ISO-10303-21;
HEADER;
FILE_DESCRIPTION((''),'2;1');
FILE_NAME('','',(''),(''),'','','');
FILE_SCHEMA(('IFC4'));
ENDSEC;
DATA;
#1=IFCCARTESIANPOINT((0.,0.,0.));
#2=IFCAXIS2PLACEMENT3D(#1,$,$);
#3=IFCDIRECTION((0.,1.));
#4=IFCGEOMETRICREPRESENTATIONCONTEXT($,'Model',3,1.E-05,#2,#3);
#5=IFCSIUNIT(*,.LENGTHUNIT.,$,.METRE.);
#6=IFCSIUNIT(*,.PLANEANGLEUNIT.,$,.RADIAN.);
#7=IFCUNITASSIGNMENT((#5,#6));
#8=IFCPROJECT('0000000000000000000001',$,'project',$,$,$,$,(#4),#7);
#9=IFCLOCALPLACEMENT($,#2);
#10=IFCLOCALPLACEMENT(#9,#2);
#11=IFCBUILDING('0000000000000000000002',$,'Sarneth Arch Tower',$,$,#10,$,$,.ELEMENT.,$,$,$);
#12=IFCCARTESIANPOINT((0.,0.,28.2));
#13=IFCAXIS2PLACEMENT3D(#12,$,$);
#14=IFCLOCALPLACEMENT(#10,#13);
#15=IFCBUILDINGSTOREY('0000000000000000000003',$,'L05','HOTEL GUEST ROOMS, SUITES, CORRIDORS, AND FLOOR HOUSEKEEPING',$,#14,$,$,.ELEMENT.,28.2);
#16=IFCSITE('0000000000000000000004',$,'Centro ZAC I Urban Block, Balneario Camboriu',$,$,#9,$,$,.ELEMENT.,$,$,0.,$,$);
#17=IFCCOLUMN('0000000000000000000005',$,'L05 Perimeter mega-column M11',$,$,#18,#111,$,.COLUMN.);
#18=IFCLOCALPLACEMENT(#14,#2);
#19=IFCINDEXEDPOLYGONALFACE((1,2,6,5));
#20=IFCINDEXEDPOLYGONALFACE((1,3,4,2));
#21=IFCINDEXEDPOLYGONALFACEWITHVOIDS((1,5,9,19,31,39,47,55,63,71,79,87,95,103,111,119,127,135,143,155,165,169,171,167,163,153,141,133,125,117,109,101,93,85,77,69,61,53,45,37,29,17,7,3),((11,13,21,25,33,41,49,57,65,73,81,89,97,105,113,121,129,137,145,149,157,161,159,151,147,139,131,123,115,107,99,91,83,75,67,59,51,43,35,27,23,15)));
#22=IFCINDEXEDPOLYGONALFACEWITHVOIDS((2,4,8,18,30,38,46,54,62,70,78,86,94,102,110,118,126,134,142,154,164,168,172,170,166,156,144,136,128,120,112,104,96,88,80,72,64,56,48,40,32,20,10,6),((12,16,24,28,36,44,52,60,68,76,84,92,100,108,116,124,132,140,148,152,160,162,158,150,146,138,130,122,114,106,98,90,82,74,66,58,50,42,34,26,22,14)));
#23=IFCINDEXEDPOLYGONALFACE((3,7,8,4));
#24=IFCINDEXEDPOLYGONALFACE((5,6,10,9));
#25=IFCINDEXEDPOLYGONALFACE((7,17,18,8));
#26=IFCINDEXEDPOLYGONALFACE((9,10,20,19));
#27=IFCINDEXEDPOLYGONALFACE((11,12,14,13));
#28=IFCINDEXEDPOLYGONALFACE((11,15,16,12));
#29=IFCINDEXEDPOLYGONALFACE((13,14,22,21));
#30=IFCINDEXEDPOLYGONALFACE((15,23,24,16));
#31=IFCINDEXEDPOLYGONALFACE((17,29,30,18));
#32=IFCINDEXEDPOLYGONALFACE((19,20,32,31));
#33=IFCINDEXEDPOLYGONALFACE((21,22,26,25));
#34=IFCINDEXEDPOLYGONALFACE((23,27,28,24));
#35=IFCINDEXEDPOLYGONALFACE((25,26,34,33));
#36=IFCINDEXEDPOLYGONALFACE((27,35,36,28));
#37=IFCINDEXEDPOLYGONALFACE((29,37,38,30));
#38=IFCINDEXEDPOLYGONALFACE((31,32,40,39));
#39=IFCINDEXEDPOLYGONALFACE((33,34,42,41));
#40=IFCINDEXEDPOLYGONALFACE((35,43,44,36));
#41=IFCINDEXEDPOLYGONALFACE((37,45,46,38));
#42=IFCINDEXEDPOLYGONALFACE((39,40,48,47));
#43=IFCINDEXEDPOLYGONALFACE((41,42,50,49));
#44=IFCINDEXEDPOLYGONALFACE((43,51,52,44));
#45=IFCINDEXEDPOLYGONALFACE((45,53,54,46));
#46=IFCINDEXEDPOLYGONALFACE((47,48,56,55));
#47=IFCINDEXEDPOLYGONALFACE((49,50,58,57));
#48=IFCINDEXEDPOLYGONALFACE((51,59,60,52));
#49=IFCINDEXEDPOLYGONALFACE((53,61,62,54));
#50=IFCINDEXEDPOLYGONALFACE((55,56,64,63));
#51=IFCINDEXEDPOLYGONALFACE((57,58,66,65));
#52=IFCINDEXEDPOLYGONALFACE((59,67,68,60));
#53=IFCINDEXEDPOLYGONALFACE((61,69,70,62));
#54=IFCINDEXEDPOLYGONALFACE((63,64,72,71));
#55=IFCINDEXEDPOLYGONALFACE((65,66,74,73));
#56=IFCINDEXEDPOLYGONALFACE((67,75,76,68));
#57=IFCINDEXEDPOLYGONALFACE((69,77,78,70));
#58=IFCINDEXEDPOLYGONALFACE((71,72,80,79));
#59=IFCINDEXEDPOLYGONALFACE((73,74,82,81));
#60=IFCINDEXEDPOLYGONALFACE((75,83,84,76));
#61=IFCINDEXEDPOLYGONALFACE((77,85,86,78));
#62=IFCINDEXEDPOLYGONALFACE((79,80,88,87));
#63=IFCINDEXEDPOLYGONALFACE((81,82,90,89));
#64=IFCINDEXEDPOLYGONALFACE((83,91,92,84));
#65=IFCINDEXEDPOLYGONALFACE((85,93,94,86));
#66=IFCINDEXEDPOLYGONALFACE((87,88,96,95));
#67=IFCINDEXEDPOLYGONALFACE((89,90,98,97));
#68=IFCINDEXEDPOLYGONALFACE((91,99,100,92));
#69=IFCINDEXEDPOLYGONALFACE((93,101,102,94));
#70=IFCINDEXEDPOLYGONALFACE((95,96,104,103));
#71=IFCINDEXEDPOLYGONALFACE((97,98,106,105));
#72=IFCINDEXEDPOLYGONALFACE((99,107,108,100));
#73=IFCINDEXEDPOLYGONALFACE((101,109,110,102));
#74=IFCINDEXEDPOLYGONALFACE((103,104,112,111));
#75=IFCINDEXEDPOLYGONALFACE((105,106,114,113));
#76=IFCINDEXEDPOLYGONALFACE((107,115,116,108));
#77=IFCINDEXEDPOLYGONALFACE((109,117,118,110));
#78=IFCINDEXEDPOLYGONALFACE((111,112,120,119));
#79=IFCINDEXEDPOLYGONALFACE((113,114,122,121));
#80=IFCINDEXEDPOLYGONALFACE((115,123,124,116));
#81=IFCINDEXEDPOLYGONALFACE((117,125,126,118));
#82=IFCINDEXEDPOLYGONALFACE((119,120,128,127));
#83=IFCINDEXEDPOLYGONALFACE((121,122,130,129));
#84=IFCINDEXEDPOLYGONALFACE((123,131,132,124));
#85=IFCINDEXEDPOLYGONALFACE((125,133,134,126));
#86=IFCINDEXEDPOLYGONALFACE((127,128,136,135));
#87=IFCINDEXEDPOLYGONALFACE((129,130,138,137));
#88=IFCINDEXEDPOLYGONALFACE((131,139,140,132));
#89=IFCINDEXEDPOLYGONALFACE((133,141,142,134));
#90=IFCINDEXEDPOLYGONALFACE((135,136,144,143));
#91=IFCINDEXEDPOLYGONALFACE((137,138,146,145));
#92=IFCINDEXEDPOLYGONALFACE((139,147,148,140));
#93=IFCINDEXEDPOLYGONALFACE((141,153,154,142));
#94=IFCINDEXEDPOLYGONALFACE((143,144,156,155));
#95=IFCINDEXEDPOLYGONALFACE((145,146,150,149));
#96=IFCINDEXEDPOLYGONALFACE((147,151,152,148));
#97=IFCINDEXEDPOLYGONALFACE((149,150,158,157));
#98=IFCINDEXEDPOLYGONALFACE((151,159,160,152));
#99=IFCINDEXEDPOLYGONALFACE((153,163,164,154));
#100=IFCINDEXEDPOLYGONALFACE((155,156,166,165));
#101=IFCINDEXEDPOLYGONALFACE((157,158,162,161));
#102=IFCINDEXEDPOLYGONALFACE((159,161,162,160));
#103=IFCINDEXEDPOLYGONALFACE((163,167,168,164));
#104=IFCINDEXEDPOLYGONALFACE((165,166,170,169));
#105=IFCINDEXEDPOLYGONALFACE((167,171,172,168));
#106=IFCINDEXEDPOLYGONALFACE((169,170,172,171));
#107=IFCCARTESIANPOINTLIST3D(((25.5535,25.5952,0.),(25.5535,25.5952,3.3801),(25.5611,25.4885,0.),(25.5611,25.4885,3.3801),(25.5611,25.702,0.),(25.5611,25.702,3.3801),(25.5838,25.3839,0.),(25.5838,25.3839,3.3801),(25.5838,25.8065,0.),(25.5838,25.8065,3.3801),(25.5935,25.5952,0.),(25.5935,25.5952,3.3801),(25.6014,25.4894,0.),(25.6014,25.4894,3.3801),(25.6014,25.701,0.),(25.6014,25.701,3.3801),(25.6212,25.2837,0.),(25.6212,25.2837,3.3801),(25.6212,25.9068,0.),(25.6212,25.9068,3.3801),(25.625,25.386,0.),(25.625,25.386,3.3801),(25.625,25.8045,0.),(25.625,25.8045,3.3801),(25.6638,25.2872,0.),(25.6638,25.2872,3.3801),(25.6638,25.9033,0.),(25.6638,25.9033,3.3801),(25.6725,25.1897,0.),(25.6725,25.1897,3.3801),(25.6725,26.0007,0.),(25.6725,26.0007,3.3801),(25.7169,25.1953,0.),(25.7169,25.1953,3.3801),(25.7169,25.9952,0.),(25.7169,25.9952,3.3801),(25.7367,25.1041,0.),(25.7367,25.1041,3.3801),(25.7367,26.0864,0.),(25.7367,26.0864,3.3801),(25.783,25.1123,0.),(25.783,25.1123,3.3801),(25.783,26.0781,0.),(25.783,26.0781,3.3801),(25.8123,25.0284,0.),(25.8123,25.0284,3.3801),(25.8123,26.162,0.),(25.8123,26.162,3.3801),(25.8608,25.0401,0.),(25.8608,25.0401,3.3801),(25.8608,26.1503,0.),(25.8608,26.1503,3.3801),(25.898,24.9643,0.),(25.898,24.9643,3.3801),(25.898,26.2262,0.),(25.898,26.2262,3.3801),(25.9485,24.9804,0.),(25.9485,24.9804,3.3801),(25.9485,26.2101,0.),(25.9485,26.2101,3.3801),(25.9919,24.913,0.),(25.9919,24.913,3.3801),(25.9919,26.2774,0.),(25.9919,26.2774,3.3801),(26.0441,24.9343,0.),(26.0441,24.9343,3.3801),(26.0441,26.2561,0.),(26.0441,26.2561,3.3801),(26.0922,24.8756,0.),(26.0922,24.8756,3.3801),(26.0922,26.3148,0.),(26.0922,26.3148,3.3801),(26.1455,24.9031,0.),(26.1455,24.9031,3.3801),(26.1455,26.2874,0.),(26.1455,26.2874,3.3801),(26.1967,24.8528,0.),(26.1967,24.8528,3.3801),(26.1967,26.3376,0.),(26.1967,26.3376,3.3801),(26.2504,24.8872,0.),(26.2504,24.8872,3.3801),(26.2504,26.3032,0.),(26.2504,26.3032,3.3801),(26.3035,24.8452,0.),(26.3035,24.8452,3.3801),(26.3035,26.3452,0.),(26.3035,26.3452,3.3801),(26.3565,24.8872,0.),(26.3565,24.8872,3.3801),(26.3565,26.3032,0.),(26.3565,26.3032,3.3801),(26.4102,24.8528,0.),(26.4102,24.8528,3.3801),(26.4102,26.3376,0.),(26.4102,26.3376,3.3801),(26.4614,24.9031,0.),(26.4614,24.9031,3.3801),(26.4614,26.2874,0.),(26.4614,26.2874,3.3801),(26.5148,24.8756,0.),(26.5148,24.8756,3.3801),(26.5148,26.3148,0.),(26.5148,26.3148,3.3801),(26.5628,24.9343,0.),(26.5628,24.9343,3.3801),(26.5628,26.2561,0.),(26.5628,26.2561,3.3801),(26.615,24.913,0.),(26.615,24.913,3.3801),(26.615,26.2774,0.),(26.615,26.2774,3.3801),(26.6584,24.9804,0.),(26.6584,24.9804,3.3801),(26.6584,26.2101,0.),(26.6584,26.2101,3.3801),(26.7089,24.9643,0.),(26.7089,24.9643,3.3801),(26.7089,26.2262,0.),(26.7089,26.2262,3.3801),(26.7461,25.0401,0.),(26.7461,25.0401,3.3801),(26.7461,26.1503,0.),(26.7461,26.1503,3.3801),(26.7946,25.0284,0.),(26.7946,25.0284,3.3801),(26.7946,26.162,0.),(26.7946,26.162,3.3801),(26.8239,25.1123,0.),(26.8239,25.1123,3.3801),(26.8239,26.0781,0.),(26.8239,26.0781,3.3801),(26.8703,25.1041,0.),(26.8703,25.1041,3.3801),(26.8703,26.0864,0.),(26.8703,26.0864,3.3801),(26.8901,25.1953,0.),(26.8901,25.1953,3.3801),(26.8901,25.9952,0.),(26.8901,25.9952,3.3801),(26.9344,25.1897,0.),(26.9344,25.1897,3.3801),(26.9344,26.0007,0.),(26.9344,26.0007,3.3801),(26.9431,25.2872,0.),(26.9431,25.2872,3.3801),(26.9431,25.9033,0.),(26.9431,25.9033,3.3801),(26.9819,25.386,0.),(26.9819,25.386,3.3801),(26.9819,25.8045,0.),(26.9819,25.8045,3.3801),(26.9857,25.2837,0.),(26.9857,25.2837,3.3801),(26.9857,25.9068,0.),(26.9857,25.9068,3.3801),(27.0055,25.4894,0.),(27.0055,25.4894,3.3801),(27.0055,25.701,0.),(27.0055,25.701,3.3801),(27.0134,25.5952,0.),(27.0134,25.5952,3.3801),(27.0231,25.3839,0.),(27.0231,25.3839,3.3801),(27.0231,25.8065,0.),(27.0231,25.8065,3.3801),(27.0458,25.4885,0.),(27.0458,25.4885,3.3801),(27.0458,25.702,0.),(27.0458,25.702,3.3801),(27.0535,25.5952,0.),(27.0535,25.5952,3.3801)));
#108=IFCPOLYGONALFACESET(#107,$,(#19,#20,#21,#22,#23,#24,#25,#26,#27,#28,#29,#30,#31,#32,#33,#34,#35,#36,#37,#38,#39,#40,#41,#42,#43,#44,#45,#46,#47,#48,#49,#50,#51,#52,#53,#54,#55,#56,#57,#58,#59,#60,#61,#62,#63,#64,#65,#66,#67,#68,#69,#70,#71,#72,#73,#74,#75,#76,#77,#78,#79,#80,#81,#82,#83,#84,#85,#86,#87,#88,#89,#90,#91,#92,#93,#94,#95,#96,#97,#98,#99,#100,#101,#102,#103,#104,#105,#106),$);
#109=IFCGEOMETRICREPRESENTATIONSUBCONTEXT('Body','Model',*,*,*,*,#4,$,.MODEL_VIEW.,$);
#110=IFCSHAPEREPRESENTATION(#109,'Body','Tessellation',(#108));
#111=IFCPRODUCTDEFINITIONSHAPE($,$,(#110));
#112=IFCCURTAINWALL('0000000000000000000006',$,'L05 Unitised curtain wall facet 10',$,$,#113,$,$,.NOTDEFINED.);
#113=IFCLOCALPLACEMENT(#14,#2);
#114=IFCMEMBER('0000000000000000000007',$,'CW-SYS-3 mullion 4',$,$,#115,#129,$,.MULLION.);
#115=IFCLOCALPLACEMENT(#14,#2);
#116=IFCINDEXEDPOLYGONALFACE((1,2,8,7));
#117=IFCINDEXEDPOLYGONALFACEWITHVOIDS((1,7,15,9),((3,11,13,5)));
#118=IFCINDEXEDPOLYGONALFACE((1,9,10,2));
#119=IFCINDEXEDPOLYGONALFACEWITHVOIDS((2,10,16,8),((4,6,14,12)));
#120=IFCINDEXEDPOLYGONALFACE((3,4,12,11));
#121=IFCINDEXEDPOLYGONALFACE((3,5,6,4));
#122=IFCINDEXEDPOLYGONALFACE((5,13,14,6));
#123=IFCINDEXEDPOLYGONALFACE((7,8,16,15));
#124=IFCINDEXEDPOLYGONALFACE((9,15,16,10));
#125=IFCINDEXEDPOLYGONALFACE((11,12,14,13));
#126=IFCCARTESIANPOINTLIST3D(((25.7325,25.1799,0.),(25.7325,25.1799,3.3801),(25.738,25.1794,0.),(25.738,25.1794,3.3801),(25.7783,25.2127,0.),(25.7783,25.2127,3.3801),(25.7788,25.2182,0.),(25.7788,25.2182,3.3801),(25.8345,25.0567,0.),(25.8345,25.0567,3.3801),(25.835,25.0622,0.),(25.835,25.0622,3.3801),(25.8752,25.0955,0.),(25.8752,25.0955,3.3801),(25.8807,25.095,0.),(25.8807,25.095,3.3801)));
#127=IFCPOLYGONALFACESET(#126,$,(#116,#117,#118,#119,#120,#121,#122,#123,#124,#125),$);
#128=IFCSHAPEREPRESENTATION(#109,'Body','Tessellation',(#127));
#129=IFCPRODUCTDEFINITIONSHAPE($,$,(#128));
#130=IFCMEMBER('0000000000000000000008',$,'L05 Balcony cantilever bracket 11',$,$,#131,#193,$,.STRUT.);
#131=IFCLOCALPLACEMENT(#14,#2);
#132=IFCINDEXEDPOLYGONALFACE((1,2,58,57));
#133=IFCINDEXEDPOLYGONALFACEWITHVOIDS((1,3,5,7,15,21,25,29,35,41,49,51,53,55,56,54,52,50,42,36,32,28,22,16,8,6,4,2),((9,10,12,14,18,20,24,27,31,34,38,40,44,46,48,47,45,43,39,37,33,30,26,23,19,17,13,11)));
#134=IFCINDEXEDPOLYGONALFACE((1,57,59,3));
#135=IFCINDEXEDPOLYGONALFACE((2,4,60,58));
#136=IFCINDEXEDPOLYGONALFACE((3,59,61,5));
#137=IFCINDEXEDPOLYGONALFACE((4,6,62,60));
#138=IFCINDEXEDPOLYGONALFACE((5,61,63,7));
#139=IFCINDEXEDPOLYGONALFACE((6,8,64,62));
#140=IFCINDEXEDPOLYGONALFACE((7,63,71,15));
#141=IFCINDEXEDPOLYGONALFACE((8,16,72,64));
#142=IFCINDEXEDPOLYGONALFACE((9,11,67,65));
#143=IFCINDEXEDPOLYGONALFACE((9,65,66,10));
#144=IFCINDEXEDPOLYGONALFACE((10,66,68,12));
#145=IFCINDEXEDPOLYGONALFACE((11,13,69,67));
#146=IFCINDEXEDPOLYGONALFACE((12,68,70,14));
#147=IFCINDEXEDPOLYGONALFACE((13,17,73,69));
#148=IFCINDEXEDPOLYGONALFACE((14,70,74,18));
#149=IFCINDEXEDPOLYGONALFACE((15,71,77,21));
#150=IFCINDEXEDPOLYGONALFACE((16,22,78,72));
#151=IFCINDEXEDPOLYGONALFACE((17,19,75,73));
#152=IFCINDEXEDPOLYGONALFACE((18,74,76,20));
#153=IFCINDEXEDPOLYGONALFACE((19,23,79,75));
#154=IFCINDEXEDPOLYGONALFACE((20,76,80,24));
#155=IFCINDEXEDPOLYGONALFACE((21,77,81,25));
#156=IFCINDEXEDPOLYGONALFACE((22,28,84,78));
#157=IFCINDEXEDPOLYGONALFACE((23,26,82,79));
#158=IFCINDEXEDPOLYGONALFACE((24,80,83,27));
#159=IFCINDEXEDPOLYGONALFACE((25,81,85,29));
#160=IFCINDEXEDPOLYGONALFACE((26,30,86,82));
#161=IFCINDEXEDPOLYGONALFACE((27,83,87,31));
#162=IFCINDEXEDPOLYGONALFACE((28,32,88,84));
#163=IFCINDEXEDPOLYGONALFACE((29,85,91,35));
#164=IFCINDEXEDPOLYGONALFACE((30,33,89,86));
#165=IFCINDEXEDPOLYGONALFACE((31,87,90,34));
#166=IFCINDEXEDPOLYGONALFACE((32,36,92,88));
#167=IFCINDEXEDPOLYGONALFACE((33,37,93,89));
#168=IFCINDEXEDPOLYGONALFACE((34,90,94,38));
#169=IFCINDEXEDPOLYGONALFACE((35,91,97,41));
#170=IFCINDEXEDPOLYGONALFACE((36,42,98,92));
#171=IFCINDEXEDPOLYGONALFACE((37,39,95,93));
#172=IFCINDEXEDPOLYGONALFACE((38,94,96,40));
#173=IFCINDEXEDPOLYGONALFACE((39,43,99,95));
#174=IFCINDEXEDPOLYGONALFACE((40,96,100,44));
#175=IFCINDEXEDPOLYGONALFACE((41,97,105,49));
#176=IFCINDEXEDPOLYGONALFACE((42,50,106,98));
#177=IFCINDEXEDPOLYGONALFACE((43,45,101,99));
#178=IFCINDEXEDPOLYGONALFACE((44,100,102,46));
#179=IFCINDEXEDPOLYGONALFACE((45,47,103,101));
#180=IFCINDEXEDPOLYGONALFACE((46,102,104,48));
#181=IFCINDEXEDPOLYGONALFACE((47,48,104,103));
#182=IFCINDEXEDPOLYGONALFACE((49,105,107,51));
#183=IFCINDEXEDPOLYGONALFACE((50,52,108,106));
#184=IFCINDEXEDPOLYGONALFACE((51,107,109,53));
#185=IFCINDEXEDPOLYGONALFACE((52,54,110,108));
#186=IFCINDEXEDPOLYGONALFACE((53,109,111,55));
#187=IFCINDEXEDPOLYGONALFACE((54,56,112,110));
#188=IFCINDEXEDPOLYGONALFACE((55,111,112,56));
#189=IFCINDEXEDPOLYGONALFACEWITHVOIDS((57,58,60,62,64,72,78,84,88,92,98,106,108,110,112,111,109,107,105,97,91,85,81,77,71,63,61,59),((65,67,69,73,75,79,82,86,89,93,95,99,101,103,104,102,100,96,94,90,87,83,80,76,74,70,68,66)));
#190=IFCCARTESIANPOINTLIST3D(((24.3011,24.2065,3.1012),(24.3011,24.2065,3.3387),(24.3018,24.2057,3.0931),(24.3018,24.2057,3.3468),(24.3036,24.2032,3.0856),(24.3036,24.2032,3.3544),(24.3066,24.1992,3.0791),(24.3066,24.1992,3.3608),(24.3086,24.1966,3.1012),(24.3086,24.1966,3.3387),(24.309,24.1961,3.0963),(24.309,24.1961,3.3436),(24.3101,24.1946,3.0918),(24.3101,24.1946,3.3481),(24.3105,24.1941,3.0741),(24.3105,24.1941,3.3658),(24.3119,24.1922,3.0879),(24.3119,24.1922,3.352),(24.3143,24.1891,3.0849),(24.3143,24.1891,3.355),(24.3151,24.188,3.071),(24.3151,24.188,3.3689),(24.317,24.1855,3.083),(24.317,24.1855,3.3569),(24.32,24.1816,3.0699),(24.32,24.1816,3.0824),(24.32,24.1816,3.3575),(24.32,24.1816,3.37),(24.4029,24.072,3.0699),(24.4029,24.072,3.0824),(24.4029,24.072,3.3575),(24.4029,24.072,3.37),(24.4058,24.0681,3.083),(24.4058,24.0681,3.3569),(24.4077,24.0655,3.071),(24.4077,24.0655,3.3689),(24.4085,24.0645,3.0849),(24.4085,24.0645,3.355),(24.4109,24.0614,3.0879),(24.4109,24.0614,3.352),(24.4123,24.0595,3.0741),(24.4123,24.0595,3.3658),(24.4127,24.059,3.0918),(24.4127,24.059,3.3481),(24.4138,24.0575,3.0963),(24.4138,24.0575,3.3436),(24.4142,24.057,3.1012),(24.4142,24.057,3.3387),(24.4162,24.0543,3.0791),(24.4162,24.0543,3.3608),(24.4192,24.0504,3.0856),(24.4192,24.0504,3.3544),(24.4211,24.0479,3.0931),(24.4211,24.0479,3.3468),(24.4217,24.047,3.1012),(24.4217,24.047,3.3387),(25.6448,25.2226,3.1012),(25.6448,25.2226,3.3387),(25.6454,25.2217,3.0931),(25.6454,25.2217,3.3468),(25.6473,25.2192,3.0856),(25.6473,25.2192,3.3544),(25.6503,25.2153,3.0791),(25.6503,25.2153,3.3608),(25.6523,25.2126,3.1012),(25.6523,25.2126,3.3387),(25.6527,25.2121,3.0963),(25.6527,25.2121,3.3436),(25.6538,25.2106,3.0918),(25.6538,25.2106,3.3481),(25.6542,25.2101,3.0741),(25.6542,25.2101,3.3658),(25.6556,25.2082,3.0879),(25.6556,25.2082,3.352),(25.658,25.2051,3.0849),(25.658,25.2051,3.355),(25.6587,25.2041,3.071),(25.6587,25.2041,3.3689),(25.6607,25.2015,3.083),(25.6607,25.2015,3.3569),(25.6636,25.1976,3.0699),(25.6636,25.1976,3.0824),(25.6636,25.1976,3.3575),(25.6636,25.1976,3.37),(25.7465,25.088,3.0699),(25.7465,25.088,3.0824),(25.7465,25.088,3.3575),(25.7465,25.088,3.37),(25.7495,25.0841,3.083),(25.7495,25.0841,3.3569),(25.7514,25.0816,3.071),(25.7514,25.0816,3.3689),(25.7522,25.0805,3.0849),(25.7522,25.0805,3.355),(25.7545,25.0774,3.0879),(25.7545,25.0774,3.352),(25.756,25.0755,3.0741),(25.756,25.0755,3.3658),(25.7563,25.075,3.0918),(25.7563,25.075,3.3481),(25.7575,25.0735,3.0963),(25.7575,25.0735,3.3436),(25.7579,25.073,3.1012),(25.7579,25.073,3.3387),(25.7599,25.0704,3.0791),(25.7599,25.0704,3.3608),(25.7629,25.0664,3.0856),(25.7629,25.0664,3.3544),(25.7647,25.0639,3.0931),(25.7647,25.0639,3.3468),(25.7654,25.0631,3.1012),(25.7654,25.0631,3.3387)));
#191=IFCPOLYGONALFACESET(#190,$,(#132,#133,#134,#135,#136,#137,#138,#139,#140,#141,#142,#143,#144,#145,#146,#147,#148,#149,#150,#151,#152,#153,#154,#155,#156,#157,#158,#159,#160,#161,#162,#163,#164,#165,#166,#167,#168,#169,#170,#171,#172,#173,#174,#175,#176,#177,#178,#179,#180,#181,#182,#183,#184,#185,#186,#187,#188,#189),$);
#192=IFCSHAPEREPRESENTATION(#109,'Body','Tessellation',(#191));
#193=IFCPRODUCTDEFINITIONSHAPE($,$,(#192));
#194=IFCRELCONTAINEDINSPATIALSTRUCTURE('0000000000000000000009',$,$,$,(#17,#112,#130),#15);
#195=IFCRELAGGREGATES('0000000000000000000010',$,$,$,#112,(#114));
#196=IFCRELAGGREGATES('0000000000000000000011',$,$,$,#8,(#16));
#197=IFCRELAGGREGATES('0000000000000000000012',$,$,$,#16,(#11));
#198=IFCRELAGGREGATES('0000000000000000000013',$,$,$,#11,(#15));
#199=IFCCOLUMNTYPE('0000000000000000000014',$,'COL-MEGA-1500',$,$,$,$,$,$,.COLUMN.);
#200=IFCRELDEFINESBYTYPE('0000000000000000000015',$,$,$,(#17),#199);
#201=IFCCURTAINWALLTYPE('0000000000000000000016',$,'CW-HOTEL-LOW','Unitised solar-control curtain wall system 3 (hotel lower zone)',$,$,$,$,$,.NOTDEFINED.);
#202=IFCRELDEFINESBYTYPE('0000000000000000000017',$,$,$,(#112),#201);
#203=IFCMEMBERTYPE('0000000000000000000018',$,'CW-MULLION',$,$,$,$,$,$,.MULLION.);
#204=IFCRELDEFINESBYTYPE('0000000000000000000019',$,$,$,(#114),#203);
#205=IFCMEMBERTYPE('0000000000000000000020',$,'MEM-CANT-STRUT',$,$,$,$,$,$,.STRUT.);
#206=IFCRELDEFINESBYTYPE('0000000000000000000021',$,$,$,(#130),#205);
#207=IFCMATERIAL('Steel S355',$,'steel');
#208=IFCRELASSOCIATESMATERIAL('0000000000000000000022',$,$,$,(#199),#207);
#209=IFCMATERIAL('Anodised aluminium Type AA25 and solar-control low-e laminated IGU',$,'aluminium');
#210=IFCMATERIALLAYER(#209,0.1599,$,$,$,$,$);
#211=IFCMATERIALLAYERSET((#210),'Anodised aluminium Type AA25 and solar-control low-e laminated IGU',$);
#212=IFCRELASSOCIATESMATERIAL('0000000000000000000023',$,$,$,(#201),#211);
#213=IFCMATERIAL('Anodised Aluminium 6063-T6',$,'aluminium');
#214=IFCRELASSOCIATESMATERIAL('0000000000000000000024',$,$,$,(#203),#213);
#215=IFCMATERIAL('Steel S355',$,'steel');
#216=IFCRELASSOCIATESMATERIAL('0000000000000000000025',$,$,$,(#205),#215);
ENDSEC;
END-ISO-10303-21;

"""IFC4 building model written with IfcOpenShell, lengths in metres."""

from ifc_helpers import new_model, si_unit, direction, frame, origin, origin_2d, place, context, subcontext, project, spatial, hollow_rectangle, hollow_circle, extrude, material, layer, layer_set, material_profile, profile_set, type_object, element, aggregate, save


model = new_model("IFC4")

# Units and contexts
model_context = context("Model", 3, precision=1e-05, world=origin(), true_north=direction((0.0, 1.0)))
body_context = subcontext(model_context, "Body", "Model", "MODEL_VIEW")
ifc_project = project(units=[si_unit("LENGTHUNIT", "METRE"), si_unit("PLANEANGLEUNIT", "RADIAN")], contexts=[model_context])

# Site, building, storey
site_placement = place(None, origin())
site = spatial("IfcSite", under=ifc_project, at=site_placement, Name="Centro ZAC I Urban Block, Balneario Camboriu", CompositionType="ELEMENT", RefElevation=0.0)
building_placement = place(site_placement, origin())
building = spatial("IfcBuilding", under=site, at=building_placement, Name="Sarneth Arch Tower", CompositionType="ELEMENT")
storey_placement = place(building_placement, frame((0.0, 0.0, 28.2)))
storey = spatial("IfcBuildingStorey", under=building, at=storey_placement, Name="L05", Description="HOTEL GUEST ROOMS, SUITES, CORRIDORS, AND FLOOR HOUSEKEEPING", CompositionType="ELEMENT", Elevation=28.2)

# Column
ifc_material_1 = material(Name="Steel S355", Category="steel")
ifc_material_profile_1 = material_profile(ifc_material_1, hollow_circle(Radius=0.75, WallThickness=0.04, at=origin_2d()), Name="CHS1500x40")
ifc_profile_set_1 = profile_set([ifc_material_profile_1], Name="Steel S355")
column_type = type_object("IfcColumnType", Name="COL-MEGA-1500", PredefinedType="COLUMN", material=ifc_profile_set_1)
column_placement = place(storey_placement, frame((26.3035, 25.5952, 0.0), z_axis=(0.0, 0.0, 1.0), x_axis=(1.0, 0.0, 0.0)))
element("IfcColumn", 1, at=column_placement, inside=storey, type_object=column_type, Name="L05 Perimeter mega-column M11", PredefinedType="COLUMN", context=body_context, shape_type="SweptSolid", body=[
    extrude(hollow_circle(Radius=0.75, WallThickness=0.04, at=origin_2d()), origin(), (0.0, 0.0, 1.0), 3.3801),
])

# Curtain wall, member
ifc_material_2 = material(Name="Anodised aluminium Type AA25 and solar-control low-e laminated IGU", Category="aluminium")
ifc_layer_1 = layer(ifc_material_2, 0.1599)
ifc_layer_set_1 = layer_set([ifc_layer_1], Name="Anodised aluminium Type AA25 and solar-control low-e laminated IGU")
curtain_wall_type = type_object("IfcCurtainWallType", Name="CW-HOTEL-LOW", Description="Unitised solar-control curtain wall system 3 (hotel lower zone)", PredefinedType="NOTDEFINED", material=ifc_layer_set_1)
curtain_wall_placement = place(storey_placement, origin())
curtain_wall = element("IfcCurtainWall", 2, at=curtain_wall_placement, inside=storey, type_object=curtain_wall_type, Name="L05 Unitised curtain wall facet 10", PredefinedType="NOTDEFINED")
ifc_material_3 = material(Name="Anodised Aluminium 6063-T6", Category="aluminium")
ifc_material_profile_2 = material_profile(ifc_material_3, hollow_rectangle(XDim=0.0601, YDim=0.1599, WallThickness=0.0039, at=origin_2d()), Name="AL-MULL-160x60x4")
ifc_profile_set_2 = profile_set([ifc_material_profile_2], Name="Anodised Aluminium 6063-T6")
member_type_1 = type_object("IfcMemberType", Name="CW-MULLION", PredefinedType="MULLION", material=ifc_profile_set_2)
member_1_placement = place(storey_placement, frame((25.8066, 25.1375, 0.0), z_axis=(0.0, 0.0, 1.0), x_axis=(0.770623, 0.637291, 0.0)))
member_1 = element("IfcMember", 3, at=member_1_placement, type_object=member_type_1, Name="CW-SYS-3 mullion 4", PredefinedType="MULLION", context=body_context, shape_type="SweptSolid", body=[
    extrude(hollow_rectangle(XDim=0.0601, YDim=0.1599, WallThickness=0.0039, at=origin_2d()), origin(), (0.0, 0.0, 1.0), 3.3801),
])

# Member
ifc_material_4 = material(Name="Steel S355", Category="steel")
ifc_material_profile_3 = material_profile(ifc_material_4, hollow_rectangle(XDim=0.2, YDim=0.3, WallThickness=0.0125, InnerFilletRadius=0.0188, OuterFilletRadius=0.0312, at=origin_2d()), Name="RHS300x200x12.5")
ifc_profile_set_3 = profile_set([ifc_material_profile_3], Name="Steel S355")
member_type_2 = type_object("IfcMemberType", Name="MEM-CANT-STRUT", PredefinedType="STRUT", material=ifc_profile_set_3)
member_2_placement = place(storey_placement, frame((25.7051, 25.1428, 3.22), z_axis=(-0.797629, -0.603149, 0.0), x_axis=(0.603149, -0.797629, 0.0)))
element("IfcMember", 4, at=member_2_placement, inside=storey, type_object=member_type_2, Name="L05 Balcony cantilever bracket 11", PredefinedType="STRUT", context=body_context, shape_type="SweptSolid", body=[
    extrude(hollow_rectangle(XDim=0.2, YDim=0.3, WallThickness=0.0125, InnerFilletRadius=0.0188, OuterFilletRadius=0.0312, at=origin_2d()), origin(), (0.0, 0.0, 1.0), 1.6846),
])

aggregate(curtain_wall, [member_1])

save(model, "model.ifc")
